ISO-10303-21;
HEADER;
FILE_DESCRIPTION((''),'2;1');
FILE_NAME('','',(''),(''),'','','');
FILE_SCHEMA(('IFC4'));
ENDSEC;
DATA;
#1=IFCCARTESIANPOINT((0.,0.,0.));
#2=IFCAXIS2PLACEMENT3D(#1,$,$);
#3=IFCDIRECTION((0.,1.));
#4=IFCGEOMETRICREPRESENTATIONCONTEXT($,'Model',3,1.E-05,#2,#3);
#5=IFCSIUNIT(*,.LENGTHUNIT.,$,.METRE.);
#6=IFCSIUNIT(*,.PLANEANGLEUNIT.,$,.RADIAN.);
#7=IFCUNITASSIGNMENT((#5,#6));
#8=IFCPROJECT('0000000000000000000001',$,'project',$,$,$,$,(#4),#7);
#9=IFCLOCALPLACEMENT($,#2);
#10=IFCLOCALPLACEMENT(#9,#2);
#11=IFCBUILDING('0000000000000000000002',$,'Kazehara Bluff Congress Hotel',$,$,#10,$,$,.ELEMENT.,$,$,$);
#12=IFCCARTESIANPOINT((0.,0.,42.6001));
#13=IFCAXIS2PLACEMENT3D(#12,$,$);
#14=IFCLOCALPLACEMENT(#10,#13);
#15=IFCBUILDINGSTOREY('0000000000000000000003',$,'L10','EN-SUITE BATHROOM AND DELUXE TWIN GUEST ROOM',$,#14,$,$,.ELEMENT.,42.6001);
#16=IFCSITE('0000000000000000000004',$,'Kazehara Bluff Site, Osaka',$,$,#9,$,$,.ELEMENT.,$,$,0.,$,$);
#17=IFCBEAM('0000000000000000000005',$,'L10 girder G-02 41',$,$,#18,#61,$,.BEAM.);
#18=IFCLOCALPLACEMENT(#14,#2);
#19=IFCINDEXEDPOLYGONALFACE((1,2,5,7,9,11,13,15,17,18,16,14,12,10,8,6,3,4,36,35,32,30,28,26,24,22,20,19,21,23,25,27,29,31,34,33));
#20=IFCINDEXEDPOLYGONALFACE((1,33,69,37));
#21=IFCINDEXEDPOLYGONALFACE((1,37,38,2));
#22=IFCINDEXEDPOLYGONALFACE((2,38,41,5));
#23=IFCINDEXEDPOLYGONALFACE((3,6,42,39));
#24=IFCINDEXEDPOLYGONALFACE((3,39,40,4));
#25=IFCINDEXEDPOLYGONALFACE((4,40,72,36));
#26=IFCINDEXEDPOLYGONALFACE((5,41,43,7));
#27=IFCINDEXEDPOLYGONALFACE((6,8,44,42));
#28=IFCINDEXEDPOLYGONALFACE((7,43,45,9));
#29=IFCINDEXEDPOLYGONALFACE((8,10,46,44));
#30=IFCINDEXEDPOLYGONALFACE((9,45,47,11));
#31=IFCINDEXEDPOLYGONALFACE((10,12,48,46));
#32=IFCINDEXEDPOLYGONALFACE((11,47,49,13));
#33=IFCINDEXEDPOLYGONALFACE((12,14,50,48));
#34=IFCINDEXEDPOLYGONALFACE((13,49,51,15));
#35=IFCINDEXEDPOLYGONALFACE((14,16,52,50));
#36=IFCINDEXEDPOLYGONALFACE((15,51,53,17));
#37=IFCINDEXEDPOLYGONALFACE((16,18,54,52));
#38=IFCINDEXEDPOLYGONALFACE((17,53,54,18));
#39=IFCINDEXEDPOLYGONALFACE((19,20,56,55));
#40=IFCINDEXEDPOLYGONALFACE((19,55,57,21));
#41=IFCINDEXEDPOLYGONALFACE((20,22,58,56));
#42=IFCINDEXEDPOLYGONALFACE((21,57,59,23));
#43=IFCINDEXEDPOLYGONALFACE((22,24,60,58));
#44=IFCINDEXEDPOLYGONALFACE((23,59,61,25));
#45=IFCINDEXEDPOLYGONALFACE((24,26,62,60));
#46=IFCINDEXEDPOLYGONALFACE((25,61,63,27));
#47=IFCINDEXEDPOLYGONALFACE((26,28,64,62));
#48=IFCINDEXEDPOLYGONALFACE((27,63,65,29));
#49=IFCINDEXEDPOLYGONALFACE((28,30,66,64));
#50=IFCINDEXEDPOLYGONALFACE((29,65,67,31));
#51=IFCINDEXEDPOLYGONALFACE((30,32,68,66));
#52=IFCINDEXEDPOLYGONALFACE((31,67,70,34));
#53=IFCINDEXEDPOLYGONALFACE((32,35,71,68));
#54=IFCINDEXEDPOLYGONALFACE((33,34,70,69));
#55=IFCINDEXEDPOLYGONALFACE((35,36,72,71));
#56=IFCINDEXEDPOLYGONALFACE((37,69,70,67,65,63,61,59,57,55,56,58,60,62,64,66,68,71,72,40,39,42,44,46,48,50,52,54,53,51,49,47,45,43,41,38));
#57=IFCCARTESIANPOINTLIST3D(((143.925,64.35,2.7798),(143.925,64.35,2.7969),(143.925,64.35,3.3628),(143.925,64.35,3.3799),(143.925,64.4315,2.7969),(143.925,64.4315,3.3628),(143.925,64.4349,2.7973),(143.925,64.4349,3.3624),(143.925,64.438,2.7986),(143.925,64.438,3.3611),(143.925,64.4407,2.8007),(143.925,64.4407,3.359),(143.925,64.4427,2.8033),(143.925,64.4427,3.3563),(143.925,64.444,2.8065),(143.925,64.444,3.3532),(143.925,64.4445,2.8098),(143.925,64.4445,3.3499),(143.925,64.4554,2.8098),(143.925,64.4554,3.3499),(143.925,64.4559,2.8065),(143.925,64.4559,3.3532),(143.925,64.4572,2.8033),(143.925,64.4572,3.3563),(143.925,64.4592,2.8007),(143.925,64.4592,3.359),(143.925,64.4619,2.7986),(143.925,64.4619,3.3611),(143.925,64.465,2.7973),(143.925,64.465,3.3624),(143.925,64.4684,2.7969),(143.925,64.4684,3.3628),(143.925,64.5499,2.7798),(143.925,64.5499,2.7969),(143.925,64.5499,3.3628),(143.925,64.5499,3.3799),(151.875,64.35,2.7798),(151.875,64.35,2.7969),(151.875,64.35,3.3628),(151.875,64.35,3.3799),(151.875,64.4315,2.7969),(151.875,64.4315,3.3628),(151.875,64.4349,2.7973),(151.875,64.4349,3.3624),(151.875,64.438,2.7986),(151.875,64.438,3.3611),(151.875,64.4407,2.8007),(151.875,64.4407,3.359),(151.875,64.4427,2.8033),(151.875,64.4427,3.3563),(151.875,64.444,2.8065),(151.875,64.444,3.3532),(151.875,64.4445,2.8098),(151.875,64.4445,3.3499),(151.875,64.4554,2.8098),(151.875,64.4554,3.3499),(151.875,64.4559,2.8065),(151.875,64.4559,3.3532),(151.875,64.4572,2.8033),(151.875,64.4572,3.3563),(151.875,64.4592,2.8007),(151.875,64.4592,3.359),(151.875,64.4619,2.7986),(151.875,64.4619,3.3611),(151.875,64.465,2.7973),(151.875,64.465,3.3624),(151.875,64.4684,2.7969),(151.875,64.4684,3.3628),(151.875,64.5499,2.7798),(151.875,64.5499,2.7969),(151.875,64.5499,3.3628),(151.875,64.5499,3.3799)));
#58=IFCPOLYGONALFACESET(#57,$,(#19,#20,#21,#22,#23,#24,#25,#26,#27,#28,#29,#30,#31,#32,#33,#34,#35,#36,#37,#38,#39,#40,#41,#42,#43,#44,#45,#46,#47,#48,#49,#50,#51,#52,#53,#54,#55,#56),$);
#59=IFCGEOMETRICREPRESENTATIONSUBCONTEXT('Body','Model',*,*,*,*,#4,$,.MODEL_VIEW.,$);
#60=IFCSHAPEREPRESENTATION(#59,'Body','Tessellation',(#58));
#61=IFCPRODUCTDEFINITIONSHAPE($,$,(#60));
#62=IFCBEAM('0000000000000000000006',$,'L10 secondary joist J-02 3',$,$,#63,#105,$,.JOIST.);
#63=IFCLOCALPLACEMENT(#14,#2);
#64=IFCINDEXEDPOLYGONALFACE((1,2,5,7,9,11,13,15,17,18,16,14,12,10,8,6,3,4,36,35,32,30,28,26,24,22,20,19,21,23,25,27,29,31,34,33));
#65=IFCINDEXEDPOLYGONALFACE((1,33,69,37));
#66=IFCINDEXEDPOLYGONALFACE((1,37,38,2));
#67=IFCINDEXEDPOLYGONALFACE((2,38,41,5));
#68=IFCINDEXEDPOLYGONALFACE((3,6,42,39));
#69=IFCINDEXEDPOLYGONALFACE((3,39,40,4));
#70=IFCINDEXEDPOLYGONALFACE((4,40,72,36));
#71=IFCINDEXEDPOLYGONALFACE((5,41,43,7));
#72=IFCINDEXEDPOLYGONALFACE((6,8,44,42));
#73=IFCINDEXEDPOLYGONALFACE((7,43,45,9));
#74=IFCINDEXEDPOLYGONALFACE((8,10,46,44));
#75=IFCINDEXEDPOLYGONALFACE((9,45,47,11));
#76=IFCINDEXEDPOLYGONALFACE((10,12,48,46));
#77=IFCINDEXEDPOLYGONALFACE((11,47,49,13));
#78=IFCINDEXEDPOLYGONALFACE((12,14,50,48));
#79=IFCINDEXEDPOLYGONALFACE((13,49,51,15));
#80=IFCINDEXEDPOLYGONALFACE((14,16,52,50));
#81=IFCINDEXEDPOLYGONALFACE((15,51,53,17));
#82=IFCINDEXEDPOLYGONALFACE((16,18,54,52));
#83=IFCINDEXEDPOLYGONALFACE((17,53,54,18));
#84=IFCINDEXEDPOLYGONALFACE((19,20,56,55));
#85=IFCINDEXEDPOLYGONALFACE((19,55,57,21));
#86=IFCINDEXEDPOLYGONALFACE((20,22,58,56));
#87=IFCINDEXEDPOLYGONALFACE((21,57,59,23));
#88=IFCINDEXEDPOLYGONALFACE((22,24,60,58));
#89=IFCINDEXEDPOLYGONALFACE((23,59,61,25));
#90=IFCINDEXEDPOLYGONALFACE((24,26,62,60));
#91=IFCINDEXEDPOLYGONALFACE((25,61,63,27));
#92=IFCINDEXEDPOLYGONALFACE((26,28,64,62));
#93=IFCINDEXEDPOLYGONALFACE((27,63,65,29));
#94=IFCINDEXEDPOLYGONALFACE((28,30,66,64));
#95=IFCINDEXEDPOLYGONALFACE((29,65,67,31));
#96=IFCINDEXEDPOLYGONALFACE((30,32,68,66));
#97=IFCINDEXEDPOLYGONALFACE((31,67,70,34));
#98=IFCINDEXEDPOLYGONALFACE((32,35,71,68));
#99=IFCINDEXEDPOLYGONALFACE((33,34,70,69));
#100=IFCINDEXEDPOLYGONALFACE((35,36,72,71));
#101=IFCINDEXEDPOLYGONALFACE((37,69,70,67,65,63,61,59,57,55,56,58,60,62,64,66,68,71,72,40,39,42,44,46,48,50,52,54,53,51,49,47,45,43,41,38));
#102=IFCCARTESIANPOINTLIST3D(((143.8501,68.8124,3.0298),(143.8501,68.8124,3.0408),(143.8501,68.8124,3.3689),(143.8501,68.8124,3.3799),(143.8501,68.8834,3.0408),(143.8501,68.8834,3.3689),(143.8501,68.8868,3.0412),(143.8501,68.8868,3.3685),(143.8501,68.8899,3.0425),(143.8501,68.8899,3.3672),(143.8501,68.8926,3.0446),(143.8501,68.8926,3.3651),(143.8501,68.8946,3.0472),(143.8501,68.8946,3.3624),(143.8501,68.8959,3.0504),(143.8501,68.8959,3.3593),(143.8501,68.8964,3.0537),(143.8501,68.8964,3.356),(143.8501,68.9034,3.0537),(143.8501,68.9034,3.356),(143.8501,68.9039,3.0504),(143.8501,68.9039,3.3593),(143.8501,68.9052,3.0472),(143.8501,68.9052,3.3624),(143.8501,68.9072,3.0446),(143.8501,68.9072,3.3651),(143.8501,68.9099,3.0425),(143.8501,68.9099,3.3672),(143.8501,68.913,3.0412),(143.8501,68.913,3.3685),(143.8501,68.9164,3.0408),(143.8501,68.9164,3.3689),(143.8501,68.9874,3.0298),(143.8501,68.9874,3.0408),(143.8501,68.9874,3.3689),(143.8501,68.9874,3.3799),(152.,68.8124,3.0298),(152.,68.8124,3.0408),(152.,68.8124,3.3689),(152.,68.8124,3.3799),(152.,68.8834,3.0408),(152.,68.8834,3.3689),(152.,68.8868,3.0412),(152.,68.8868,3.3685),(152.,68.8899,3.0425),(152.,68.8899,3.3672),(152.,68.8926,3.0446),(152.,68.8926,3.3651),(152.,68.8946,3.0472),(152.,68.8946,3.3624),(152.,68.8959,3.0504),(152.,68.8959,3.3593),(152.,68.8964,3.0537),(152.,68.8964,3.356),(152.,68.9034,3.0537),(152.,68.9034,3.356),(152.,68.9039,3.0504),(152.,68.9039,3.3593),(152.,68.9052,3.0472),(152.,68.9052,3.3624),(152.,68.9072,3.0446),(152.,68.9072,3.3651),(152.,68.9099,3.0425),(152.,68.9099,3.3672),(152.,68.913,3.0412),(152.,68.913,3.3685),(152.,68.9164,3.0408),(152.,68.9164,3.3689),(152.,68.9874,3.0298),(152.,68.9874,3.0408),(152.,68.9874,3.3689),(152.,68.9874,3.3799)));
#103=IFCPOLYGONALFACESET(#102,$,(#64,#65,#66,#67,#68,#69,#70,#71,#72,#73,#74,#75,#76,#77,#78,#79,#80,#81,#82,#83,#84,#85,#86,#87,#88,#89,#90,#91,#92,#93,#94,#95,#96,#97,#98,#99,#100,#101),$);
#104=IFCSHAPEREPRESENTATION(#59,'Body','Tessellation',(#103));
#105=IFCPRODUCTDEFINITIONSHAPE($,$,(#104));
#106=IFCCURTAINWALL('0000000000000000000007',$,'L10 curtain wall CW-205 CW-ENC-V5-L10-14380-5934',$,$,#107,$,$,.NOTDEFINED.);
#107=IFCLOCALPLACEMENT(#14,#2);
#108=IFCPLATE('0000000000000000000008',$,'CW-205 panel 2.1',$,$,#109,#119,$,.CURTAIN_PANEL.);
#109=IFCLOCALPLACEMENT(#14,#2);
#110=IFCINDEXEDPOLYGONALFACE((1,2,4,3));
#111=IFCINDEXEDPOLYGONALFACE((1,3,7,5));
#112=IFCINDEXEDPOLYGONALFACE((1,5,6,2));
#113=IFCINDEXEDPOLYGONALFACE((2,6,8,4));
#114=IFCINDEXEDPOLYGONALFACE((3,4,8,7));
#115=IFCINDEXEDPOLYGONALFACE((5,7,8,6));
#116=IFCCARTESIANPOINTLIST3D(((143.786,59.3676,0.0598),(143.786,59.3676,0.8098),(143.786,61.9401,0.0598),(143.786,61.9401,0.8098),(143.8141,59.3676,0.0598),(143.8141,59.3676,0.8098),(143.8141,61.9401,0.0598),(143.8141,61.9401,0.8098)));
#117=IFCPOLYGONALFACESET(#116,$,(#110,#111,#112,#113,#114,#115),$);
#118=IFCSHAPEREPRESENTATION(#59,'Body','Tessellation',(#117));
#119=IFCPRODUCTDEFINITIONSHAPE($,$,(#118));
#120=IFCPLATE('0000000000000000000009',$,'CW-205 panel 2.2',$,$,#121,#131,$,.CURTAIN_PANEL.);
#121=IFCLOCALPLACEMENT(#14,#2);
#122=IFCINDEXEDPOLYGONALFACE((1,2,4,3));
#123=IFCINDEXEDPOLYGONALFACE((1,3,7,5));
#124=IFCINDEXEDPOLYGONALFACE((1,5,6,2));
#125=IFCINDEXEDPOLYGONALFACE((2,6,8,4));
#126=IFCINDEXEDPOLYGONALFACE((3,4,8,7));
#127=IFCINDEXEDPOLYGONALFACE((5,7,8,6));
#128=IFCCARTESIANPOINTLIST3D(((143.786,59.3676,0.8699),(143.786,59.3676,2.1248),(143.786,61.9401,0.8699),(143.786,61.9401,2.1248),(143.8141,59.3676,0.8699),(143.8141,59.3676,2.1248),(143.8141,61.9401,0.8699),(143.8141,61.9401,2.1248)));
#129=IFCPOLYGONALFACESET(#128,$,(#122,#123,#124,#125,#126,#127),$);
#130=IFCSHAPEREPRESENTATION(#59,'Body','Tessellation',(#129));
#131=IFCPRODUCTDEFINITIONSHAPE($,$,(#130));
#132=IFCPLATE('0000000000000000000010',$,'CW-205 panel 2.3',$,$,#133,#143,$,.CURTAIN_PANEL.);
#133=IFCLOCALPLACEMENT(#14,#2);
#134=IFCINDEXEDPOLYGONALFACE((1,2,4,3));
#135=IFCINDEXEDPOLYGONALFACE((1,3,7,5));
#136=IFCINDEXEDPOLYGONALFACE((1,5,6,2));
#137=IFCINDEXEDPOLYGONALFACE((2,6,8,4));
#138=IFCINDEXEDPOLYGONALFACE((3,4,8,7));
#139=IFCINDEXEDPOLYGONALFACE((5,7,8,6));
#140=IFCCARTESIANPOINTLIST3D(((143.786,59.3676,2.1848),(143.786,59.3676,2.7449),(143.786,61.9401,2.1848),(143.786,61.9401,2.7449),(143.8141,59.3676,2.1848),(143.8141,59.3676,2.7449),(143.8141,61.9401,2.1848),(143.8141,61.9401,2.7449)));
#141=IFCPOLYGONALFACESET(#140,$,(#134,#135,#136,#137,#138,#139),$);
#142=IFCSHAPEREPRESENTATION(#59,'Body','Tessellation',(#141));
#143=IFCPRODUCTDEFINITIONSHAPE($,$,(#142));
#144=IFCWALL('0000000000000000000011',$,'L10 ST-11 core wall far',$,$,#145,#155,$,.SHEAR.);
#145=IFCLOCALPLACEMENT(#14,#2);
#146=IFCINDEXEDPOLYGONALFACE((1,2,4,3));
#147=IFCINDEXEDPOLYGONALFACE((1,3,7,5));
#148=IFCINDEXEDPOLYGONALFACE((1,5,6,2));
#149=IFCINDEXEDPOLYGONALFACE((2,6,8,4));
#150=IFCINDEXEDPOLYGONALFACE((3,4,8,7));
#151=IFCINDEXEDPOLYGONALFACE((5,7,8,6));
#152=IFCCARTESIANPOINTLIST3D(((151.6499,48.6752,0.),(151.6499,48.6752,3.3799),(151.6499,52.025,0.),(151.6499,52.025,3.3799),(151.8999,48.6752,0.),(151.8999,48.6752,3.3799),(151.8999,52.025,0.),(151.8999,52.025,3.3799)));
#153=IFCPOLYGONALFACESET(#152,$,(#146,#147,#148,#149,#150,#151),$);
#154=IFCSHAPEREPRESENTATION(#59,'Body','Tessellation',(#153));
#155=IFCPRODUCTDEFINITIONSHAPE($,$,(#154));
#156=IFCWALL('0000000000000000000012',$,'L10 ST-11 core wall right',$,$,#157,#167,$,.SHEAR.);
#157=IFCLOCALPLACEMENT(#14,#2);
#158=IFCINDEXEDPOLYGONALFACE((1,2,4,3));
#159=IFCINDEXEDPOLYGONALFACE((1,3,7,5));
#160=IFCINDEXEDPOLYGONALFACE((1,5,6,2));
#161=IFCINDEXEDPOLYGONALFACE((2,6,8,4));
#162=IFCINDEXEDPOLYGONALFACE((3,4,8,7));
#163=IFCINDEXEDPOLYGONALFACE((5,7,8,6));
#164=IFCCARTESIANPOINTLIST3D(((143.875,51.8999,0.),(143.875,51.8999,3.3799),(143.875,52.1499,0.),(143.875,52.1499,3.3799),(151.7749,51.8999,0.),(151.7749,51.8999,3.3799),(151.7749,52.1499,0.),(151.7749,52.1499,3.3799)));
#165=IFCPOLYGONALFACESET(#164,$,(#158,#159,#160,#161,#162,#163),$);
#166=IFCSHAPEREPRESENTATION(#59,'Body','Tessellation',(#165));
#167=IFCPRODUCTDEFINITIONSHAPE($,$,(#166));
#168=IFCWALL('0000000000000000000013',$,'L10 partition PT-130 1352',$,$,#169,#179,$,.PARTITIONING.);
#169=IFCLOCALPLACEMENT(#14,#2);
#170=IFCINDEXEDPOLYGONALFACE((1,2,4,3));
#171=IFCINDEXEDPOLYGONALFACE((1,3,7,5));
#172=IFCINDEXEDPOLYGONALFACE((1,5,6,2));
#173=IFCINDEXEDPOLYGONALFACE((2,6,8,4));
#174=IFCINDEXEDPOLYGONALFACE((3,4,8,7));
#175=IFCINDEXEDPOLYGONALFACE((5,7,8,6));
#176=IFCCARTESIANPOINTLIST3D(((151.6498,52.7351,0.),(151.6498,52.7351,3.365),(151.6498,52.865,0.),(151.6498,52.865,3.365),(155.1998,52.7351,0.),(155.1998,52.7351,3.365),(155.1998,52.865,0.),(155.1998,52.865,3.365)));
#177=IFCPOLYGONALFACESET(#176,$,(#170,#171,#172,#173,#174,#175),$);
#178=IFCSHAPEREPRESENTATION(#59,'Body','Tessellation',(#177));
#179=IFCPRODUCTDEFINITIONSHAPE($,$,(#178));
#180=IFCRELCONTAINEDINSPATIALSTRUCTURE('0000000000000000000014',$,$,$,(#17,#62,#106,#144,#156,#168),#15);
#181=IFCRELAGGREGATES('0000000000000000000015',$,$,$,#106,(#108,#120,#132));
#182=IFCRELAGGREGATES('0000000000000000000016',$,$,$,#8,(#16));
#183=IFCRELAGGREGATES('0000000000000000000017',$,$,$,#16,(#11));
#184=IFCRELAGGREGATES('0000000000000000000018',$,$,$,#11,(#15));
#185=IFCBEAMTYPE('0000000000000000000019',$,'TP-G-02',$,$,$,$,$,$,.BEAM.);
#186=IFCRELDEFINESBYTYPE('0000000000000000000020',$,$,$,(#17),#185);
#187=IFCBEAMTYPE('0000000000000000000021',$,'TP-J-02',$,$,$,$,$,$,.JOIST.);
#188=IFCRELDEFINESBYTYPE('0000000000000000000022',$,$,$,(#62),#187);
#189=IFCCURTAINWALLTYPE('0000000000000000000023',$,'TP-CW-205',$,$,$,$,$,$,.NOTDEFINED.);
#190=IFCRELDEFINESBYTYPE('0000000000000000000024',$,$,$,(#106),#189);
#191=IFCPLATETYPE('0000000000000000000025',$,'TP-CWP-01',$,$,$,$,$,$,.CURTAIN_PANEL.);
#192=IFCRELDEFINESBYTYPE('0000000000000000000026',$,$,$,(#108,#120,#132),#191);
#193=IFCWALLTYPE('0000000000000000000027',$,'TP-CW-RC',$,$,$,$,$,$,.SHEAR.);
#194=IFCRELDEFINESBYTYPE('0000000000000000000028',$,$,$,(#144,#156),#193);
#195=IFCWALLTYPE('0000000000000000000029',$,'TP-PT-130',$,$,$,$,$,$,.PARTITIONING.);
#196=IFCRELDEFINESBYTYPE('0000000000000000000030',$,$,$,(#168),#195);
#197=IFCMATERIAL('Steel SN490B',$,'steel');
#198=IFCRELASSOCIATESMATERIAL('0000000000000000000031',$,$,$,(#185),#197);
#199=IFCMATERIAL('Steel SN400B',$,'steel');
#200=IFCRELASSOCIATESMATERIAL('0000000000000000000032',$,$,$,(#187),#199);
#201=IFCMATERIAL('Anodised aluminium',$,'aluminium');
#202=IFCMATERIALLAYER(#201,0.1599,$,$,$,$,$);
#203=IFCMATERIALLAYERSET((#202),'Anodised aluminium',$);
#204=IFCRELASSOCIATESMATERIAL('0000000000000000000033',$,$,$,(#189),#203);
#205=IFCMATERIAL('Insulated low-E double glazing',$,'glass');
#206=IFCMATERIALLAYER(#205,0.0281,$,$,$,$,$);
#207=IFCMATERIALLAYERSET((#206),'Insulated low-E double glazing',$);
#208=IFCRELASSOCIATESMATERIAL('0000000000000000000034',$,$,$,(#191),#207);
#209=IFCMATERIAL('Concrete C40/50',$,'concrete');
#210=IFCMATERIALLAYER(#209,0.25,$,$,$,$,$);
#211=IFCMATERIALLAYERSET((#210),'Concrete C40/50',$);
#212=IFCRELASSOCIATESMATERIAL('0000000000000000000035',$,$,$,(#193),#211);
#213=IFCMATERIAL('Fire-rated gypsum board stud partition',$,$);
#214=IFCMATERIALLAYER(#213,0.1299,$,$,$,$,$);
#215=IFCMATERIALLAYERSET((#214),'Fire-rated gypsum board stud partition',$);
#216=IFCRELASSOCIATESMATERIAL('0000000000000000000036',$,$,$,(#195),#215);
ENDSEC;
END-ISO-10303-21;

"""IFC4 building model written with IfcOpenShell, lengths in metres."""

from ifc_helpers import new_model, si_unit, direction, frame, frame_2d, origin, origin_2d, place, context, subcontext, project, spatial, rectangle, i_section, extrude, material, layer, layer_set, material_profile, profile_set, type_object, element, aggregate, save


model = new_model("IFC4")

# Units and contexts
model_context = context("Model", 3, precision=1e-05, world=origin(), true_north=direction((0.0, 1.0)))
body_context = subcontext(model_context, "Body", "Model", "MODEL_VIEW")
ifc_project = project(units=[si_unit("LENGTHUNIT", "METRE"), si_unit("PLANEANGLEUNIT", "RADIAN")], contexts=[model_context])

# Site, building, storey
site_placement = place(None, origin())
site = spatial("IfcSite", under=ifc_project, at=site_placement, Name="Kazehara Bluff Site, Osaka", CompositionType="ELEMENT", RefElevation=0.0)
building_placement = place(site_placement, origin())
building = spatial("IfcBuilding", under=site, at=building_placement, Name="Kazehara Bluff Congress Hotel", CompositionType="ELEMENT")
storey_placement = place(building_placement, frame((0.0, 0.0, 42.6001)))
storey = spatial("IfcBuildingStorey", under=building, at=storey_placement, Name="L10", Description="EN-SUITE BATHROOM AND DELUXE TWIN GUEST ROOM", CompositionType="ELEMENT", Elevation=42.6001)

# Beams
ifc_material_1 = material(Name="Steel SN490B", Category="steel")
ifc_material_profile_1 = material_profile(ifc_material_1, i_section(OverallWidth=0.2, OverallDepth=0.6001, WebThickness=0.011, FlangeThickness=0.0171, FilletRadius=0.0129, at=origin_2d()))
ifc_profile_set_1 = profile_set([ifc_material_profile_1], Name="Steel SN490B")
beam_type_1 = type_object("IfcBeamType", Name="TP-G-02", PredefinedType="BEAM", material=ifc_profile_set_1)
for number, where, z_axis, x_axis, name in (
    (1, (143.925, 64.45, 3.0798), (1.0, 0.0, 0.0), (0.0, 1.0, 0.0), "L10 girder G-02 41"),
):
    element("IfcBeam", number, at=place(storey_placement, frame(where, z_axis=z_axis, x_axis=x_axis)), inside=storey, type_object=beam_type_1, Name=name, PredefinedType="BEAM", context=body_context, shape_type="SweptSolid", body=[
        extrude(i_section(OverallWidth=0.2, OverallDepth=0.6001, WebThickness=0.011, FlangeThickness=0.0171, FilletRadius=0.0129, at=origin_2d()), origin(), (0.0, 0.0, 1.0), 7.95),
    ])
ifc_material_2 = material(Name="Steel SN400B", Category="steel")
ifc_material_profile_2 = material_profile(ifc_material_2, i_section(OverallWidth=0.175, OverallDepth=0.3501, WebThickness=0.0071, FlangeThickness=0.011, FilletRadius=0.0129, at=origin_2d()))
ifc_profile_set_2 = profile_set([ifc_material_profile_2], Name="Steel SN400B")
beam_type_2 = type_object("IfcBeamType", Name="TP-J-02", PredefinedType="JOIST", material=ifc_profile_set_2)
beam_placement = place(storey_placement, frame((143.8501, 68.8999, 3.2048), z_axis=(1.0, 0.0, 0.0), x_axis=(0.0, 1.0, 0.0)))
element("IfcBeam", 2, at=beam_placement, inside=storey, type_object=beam_type_2, Name="L10 secondary joist J-02 3", PredefinedType="JOIST", context=body_context, shape_type="SweptSolid", body=[
    extrude(i_section(OverallWidth=0.175, OverallDepth=0.3501, WebThickness=0.0071, FlangeThickness=0.011, FilletRadius=0.0129, at=origin_2d()), origin(), (0.0, 0.0, 1.0), 8.1499),
])

# Curtain wall, plates
ifc_material_3 = material(Name="Anodised aluminium", Category="aluminium")
ifc_layer_1 = layer(ifc_material_3, 0.1599)
ifc_layer_set_1 = layer_set([ifc_layer_1], Name="Anodised aluminium")
curtain_wall_type = type_object("IfcCurtainWallType", Name="TP-CW-205", PredefinedType="NOTDEFINED", material=ifc_layer_set_1)
curtain_wall_placement = place(storey_placement, origin())
curtain_wall = element("IfcCurtainWall", 3, at=curtain_wall_placement, inside=storey, type_object=curtain_wall_type, Name="L10 curtain wall CW-205 CW-ENC-V5-L10-14380-5934", PredefinedType="NOTDEFINED")
ifc_material_4 = material(Name="Insulated low-E double glazing", Category="glass")
ifc_layer_2 = layer(ifc_material_4, 0.0281)
ifc_layer_set_2 = layer_set([ifc_layer_2], Name="Insulated low-E double glazing")
plate_type = type_object("IfcPlateType", Name="TP-CWP-01", PredefinedType="CURTAIN_PANEL", material=ifc_layer_set_2)
plate_1_placement = place(storey_placement, frame((143.8, 60.6538, 0.0598), z_axis=(0.0, 0.0, 1.0), x_axis=(0.0, 1.0, 0.0)))
plate_1 = element("IfcPlate", 4, at=plate_1_placement, type_object=plate_type, Name="CW-205 panel 2.1", PredefinedType="CURTAIN_PANEL", context=body_context, shape_type="SweptSolid", body=[
    extrude(rectangle(XDim=2.5725, YDim=0.0281, at=origin_2d()), origin(), (0.0, 0.0, 1.0), 0.75),
])
plate_2_placement = place(storey_placement, frame((143.8, 60.6538, 0.8699), z_axis=(0.0, 0.0, 1.0), x_axis=(0.0, 1.0, 0.0)))
plate_2 = element("IfcPlate", 5, at=plate_2_placement, type_object=plate_type, Name="CW-205 panel 2.2", PredefinedType="CURTAIN_PANEL", context=body_context, shape_type="SweptSolid", body=[
    extrude(rectangle(XDim=2.5725, YDim=0.0281, at=origin_2d()), origin(), (0.0, 0.0, 1.0), 1.2549),
])
plate_3_placement = place(storey_placement, frame((143.8, 60.6538, 2.1848), z_axis=(0.0, 0.0, 1.0), x_axis=(0.0, 1.0, 0.0)))
plate_3 = element("IfcPlate", 6, at=plate_3_placement, type_object=plate_type, Name="CW-205 panel 2.3", PredefinedType="CURTAIN_PANEL", context=body_context, shape_type="SweptSolid", body=[
    extrude(rectangle(XDim=2.5725, YDim=0.0281, at=origin_2d()), origin(), (0.0, 0.0, 1.0), 0.5601),
])
aggregate(curtain_wall, [plate_1, plate_2, plate_3])

# Walls
ifc_material_5 = material(Name="Concrete C40/50", Category="concrete")
ifc_layer_3 = layer(ifc_material_5, 0.25)
ifc_layer_set_3 = layer_set([ifc_layer_3], Name="Concrete C40/50")
wall_type_1 = type_object("IfcWallType", Name="TP-CW-RC", PredefinedType="SHEAR", material=ifc_layer_set_3)
wall_1_placement = place(storey_placement, frame((151.7749, 52.0249, 0.0), z_axis=(0.0, 0.0, 1.0), x_axis=(0.0, -1.0, 0.0)))
element("IfcWall", 7, at=wall_1_placement, inside=storey, type_object=wall_type_1, Name="L10 ST-11 core wall far", PredefinedType="SHEAR", context=body_context, shape_type="SweptSolid", body=[
    extrude(rectangle(XDim=3.3499, YDim=0.25, at=frame_2d((1.6748, 0.0))), origin(), (0.0, 0.0, 1.0), 3.3799),
])
wall_2_placement = place(storey_placement, frame((143.875, 52.0249, 0.0), z_axis=(0.0, 0.0, 1.0), x_axis=(1.0, 0.0, 0.0)))
element("IfcWall", 8, at=wall_2_placement, inside=storey, type_object=wall_type_1, Name="L10 ST-11 core wall right", PredefinedType="SHEAR", context=body_context, shape_type="SweptSolid", body=[
    extrude(rectangle(XDim=7.8999, YDim=0.25, at=frame_2d((3.95, 0.0))), origin(), (0.0, 0.0, 1.0), 3.3799),
])
ifc_material_6 = material(Name="Fire-rated gypsum board stud partition")
ifc_layer_4 = layer(ifc_material_6, 0.1299)
ifc_layer_set_4 = layer_set([ifc_layer_4], Name="Fire-rated gypsum board stud partition")
wall_type_2 = type_object("IfcWallType", Name="TP-PT-130", PredefinedType="PARTITIONING", material=ifc_layer_set_4)
wall_3_placement = place(storey_placement, frame((151.6499, 52.8, 0.0), z_axis=(0.0, 0.0, 1.0), x_axis=(1.0, 0.0, 0.0)))
element("IfcWall", 9, at=wall_3_placement, inside=storey, type_object=wall_type_2, Name="L10 partition PT-130 1352", PredefinedType="PARTITIONING", context=body_context, shape_type="SweptSolid", body=[
    extrude(rectangle(XDim=3.55, YDim=0.1299, at=frame_2d((1.7749, 0.0))), origin(), (0.0, 0.0, 1.0), 3.365),
])

save(model, "model.ifc")
